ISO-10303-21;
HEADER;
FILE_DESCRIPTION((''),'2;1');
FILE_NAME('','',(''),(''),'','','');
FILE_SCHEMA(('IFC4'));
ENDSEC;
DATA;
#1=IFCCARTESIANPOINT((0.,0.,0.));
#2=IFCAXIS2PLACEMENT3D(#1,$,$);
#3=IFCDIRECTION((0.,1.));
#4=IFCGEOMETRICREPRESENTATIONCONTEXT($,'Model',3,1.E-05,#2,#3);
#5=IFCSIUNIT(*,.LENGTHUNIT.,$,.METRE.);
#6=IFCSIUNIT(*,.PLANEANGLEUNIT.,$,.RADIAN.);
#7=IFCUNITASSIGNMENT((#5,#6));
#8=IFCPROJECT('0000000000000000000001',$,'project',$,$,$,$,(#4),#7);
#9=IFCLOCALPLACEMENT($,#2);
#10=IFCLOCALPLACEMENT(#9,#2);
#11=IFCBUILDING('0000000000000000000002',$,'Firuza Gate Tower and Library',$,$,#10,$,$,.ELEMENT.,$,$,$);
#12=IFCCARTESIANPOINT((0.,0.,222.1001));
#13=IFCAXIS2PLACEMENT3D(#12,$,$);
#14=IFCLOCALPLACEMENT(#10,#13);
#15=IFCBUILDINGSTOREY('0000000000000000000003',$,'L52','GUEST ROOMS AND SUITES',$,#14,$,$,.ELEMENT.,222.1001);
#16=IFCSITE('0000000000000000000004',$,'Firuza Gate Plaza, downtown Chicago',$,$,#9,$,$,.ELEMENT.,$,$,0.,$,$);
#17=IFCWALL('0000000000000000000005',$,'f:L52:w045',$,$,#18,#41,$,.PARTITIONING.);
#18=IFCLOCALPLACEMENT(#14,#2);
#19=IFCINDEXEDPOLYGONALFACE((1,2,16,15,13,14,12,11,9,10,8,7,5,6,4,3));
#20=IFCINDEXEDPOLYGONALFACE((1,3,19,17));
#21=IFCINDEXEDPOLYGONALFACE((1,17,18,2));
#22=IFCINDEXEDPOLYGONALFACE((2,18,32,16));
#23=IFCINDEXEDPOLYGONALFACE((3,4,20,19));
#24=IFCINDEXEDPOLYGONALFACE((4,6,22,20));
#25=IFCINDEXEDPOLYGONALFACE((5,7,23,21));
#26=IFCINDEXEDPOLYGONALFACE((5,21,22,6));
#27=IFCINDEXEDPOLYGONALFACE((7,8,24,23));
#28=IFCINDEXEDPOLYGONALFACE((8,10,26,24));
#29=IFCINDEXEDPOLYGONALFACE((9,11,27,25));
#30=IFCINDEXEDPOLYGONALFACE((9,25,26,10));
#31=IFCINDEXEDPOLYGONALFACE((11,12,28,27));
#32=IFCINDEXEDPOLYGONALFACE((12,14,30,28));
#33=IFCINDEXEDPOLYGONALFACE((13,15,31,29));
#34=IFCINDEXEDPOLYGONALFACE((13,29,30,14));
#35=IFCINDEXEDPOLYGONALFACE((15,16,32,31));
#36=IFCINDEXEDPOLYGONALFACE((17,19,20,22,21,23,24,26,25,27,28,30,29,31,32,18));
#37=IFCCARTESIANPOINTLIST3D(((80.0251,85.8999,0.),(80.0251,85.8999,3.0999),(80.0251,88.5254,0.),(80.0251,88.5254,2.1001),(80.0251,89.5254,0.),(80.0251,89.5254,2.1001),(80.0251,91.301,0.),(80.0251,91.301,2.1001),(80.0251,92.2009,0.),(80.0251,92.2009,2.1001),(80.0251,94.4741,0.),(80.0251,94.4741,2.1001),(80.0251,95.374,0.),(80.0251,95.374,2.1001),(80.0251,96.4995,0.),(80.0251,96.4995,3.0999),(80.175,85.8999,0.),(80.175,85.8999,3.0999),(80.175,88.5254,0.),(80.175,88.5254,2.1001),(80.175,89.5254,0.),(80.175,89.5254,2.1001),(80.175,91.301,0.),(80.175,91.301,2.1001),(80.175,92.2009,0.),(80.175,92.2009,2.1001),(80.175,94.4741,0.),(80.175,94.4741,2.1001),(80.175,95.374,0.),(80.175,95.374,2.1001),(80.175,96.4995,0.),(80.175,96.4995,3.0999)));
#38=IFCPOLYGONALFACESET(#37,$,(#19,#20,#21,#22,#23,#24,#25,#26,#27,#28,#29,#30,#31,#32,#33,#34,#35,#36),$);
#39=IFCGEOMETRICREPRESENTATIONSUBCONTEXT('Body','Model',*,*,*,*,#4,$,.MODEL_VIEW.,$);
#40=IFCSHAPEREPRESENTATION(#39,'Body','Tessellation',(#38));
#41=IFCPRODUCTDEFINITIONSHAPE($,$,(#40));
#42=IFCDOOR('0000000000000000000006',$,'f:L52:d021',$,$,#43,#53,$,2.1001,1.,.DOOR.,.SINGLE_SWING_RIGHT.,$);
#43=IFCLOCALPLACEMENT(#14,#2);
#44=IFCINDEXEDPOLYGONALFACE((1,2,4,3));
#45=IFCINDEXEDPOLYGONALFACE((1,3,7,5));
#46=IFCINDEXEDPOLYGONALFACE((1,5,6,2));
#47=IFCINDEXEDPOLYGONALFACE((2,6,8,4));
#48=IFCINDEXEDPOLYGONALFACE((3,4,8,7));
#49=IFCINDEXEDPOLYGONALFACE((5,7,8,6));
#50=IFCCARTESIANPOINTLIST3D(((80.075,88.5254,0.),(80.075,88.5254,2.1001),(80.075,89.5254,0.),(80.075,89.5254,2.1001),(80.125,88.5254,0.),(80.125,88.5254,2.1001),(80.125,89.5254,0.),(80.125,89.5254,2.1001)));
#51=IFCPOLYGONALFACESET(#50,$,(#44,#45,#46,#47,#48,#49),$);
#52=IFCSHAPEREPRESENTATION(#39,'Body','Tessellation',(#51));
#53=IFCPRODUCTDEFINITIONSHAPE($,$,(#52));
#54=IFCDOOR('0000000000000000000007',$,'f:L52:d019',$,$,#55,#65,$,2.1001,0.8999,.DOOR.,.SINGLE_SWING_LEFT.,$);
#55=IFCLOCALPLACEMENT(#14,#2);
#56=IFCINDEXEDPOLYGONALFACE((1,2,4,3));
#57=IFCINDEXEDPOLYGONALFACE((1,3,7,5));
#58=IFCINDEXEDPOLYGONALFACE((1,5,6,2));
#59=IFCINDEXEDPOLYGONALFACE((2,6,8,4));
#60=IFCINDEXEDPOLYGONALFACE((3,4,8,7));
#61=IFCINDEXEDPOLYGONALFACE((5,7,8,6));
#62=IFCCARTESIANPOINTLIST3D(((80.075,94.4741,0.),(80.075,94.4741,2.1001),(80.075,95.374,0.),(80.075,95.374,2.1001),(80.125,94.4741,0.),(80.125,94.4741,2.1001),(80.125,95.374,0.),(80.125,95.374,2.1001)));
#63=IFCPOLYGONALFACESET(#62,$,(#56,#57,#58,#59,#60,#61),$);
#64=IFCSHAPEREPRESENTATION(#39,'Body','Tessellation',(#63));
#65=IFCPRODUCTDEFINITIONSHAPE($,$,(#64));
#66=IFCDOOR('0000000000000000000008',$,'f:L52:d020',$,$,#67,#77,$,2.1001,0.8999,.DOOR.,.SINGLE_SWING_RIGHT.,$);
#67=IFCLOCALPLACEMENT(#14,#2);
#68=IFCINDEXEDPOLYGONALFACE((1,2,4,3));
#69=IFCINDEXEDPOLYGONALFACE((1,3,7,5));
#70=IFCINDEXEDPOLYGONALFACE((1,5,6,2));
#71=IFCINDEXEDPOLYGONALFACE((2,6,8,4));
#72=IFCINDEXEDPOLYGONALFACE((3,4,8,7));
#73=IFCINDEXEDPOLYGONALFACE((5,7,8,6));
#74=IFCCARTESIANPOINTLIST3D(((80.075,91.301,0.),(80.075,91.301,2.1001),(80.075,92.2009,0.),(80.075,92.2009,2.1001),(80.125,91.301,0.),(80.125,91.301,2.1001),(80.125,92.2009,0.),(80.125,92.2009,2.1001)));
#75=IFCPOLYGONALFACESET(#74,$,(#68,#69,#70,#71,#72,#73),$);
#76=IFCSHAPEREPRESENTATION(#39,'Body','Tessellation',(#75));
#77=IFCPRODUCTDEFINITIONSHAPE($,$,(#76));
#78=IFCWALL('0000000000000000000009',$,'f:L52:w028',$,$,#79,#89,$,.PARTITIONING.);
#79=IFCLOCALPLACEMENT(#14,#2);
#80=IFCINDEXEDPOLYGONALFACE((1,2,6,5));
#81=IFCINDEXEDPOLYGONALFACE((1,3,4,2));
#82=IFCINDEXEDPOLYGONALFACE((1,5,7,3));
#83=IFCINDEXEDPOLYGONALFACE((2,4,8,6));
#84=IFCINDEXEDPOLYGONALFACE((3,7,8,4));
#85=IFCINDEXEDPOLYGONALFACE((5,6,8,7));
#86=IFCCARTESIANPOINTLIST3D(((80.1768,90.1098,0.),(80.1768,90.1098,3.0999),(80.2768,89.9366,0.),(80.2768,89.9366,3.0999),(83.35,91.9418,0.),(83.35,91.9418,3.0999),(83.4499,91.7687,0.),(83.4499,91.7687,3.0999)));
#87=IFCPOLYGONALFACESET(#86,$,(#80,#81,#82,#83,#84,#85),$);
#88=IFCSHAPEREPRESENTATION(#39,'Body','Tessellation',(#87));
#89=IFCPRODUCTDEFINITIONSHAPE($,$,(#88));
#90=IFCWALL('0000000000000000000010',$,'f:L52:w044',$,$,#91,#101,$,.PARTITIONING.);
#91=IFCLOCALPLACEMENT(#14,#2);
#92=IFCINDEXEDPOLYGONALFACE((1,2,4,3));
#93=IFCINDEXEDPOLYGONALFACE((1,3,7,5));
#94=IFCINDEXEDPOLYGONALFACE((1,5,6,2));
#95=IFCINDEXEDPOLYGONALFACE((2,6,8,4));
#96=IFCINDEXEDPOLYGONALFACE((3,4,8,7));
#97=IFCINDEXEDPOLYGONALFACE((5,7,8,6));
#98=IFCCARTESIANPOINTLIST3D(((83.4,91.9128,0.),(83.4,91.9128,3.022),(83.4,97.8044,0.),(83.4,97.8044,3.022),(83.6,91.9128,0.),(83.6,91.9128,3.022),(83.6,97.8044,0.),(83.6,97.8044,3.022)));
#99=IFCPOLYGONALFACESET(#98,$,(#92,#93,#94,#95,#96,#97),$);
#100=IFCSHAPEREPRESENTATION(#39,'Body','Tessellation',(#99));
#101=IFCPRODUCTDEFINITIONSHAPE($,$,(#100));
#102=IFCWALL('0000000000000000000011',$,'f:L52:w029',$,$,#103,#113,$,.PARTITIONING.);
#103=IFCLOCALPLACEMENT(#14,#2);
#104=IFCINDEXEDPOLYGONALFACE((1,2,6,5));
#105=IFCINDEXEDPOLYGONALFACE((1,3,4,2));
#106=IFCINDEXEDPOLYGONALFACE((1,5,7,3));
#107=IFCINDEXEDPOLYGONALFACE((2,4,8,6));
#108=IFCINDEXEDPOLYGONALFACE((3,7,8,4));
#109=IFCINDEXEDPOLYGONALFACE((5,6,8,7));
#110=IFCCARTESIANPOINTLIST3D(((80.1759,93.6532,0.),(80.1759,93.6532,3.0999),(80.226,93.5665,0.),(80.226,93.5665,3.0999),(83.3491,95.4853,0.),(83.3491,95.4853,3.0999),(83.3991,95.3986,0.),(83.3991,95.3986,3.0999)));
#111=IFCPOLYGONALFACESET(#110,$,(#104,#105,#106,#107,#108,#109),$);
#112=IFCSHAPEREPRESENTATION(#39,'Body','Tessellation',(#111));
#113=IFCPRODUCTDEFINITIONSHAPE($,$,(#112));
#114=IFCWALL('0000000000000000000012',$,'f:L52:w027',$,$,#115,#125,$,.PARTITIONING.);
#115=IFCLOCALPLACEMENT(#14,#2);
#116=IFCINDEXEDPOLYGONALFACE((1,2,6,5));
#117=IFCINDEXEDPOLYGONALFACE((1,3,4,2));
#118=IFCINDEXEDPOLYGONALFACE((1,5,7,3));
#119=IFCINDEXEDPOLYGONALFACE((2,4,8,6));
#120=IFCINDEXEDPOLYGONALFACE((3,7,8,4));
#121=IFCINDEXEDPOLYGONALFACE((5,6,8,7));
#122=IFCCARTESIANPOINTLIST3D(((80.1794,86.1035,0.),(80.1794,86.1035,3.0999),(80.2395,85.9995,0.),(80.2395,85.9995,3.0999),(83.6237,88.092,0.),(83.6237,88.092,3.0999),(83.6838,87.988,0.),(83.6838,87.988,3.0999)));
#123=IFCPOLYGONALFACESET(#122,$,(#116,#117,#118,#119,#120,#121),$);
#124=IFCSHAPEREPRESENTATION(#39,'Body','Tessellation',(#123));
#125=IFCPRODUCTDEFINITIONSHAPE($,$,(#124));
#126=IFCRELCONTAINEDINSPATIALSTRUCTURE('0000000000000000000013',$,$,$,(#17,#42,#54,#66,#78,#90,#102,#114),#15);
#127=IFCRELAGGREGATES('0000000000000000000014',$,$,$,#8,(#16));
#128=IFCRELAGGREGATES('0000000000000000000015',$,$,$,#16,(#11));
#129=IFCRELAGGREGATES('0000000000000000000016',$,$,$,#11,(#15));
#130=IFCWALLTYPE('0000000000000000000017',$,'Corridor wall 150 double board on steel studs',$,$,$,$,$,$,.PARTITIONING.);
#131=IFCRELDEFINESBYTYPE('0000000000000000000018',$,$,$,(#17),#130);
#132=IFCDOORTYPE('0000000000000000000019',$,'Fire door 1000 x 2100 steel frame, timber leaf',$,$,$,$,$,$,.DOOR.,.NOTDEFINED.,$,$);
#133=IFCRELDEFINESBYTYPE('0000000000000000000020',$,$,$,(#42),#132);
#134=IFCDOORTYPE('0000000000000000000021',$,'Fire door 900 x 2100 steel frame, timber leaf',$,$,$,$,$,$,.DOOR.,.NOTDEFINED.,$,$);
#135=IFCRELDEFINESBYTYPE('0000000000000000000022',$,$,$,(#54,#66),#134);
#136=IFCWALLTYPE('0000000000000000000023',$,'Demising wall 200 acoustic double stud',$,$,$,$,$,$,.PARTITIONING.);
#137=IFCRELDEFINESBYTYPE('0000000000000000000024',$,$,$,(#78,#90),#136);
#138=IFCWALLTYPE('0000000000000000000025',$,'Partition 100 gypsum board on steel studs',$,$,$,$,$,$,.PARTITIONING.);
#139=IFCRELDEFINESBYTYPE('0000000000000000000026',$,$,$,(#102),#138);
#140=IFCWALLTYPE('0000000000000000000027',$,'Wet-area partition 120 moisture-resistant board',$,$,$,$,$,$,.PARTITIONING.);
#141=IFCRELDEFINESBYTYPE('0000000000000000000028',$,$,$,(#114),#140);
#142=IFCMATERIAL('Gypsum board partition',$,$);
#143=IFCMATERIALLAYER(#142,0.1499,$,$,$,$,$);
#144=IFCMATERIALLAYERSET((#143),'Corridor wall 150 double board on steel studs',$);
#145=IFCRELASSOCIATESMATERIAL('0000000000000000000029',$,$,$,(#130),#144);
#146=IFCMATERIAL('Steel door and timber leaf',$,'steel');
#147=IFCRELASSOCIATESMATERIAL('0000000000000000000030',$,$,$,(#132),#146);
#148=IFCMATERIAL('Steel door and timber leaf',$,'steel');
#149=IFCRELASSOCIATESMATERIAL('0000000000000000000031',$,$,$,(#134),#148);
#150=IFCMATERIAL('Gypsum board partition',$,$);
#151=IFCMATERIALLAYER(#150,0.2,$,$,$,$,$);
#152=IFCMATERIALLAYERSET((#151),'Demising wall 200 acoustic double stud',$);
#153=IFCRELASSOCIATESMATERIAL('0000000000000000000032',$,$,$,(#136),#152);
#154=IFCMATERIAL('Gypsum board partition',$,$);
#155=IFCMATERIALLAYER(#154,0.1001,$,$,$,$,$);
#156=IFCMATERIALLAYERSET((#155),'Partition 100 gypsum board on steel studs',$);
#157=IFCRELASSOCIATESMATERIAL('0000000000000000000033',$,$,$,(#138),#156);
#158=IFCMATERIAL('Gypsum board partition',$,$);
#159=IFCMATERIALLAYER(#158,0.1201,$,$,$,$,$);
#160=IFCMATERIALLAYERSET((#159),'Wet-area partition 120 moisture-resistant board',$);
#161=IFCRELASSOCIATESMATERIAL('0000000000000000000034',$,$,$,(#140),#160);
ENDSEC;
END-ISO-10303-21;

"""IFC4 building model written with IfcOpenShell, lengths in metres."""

from ifc_helpers import new_model, si_unit, direction, frame, frame_2d, origin, place, context, subcontext, project, spatial, rectangle, extrude, material, layer, layer_set, type_object, element, fill, save


model = new_model("IFC4")

# Units and contexts
model_context = context("Model", 3, precision=1e-05, world=origin(), true_north=direction((0.0, 1.0)))
body_context = subcontext(model_context, "Body", "Model", "MODEL_VIEW")
ifc_project = project(units=[si_unit("LENGTHUNIT", "METRE"), si_unit("PLANEANGLEUNIT", "RADIAN")], contexts=[model_context])

# Site, building, storey
site_placement = place(None, origin())
site = spatial("IfcSite", under=ifc_project, at=site_placement, Name="Firuza Gate Plaza, downtown Chicago", CompositionType="ELEMENT", RefElevation=0.0)
building_placement = place(site_placement, origin())
building = spatial("IfcBuilding", under=site, at=building_placement, Name="Firuza Gate Tower and Library", CompositionType="ELEMENT")
storey_placement = place(building_placement, frame((0.0, 0.0, 222.1001)))
storey = spatial("IfcBuildingStorey", under=building, at=storey_placement, Name="L52", Description="GUEST ROOMS AND SUITES", CompositionType="ELEMENT", Elevation=222.1001)

# Wall, openings, doors
ifc_material_1 = material(Name="Gypsum board partition")
ifc_layer_1 = layer(ifc_material_1, 0.1499)
ifc_layer_set_1 = layer_set([ifc_layer_1], Name="Corridor wall 150 double board on steel studs")
wall_type_1 = type_object("IfcWallType", Name="Corridor wall 150 double board on steel studs", PredefinedType="PARTITIONING", material=ifc_layer_set_1)
wall_1_placement = place(storey_placement, frame((80.1001, 96.4995, 0.0), z_axis=(0.0, 0.0, 1.0), x_axis=(0.0, -1.0, 0.0)))
wall_1 = element("IfcWall", 1, at=wall_1_placement, inside=storey, type_object=wall_type_1, Name="f:L52:w045", PredefinedType="PARTITIONING", context=body_context, shape_type="SweptSolid", body=[
    extrude(rectangle(XDim=10.5996, YDim=0.1499, at=frame_2d((5.2998, 0.0))), origin(), (0.0, 0.0, 1.0), 3.0999),
])
opening_1_placement = place(wall_1_placement, frame((1.1255, 0.0, 0.0)))
opening_1 = element("IfcOpeningElement", 2, at=opening_1_placement, cuts=wall_1, PredefinedType="OPENING", context=body_context, shape_type="SweptSolid", body=[
    extrude(rectangle(XDim=0.8999, YDim=2.1001, at=frame_2d((0.45, 1.05))), frame((0.0, 0.085, 0.0), z_axis=(0.0, -1.0, 0.0), x_axis=(1.0, 0.0, 0.0)), (0.0, 0.0, 1.0), 0.1699),
])
opening_2_placement = place(wall_1_placement, frame((4.2986, 0.0, 0.0)))
opening_2 = element("IfcOpeningElement", 3, at=opening_2_placement, cuts=wall_1, PredefinedType="OPENING", context=body_context, shape_type="SweptSolid", body=[
    extrude(rectangle(XDim=0.8999, YDim=2.1001, at=frame_2d((0.45, 1.05))), frame((0.0, 0.085, 0.0), z_axis=(0.0, -1.0, 0.0), x_axis=(1.0, 0.0, 0.0)), (0.0, 0.0, 1.0), 0.1699),
])
opening_3_placement = place(wall_1_placement, frame((6.9741, 0.0, 0.0)))
opening_3 = element("IfcOpeningElement", 4, at=opening_3_placement, cuts=wall_1, PredefinedType="OPENING", context=body_context, shape_type="SweptSolid", body=[
    extrude(rectangle(XDim=1.0, YDim=2.1001, at=frame_2d((0.5, 1.05))), frame((0.0, 0.085, 0.0), z_axis=(0.0, -1.0, 0.0), x_axis=(1.0, 0.0, 0.0)), (0.0, 0.0, 1.0), 0.1699),
])
ifc_material_2 = material(Name="Steel door and timber leaf", Category="steel")
door_type_1 = type_object("IfcDoorType", Name="Fire door 1000 x 2100 steel frame, timber leaf", OperationType="NOTDEFINED", PredefinedType="DOOR", material=ifc_material_2)
door_1_placement = place(opening_3_placement, origin())
door_1 = element("IfcDoor", 5, at=door_1_placement, inside=storey, type_object=door_type_1, Name="f:L52:d021", OperationType="SINGLE_SWING_RIGHT", OverallHeight=2.1001, OverallWidth=1.0, PredefinedType="DOOR", context=body_context, shape_type="SweptSolid", body=[
    extrude(rectangle(XDim=1.0, YDim=2.1001, at=frame_2d((0.5, 1.05))), frame((0.0, 0.0249, 0.0), z_axis=(0.0, -1.0, 0.0), x_axis=(1.0, 0.0, 0.0)), (0.0, 0.0, 1.0), 0.05),
])
fill(opening_3, door_1)
ifc_material_3 = material(Name="Steel door and timber leaf", Category="steel")
door_type_2 = type_object("IfcDoorType", Name="Fire door 900 x 2100 steel frame, timber leaf", OperationType="NOTDEFINED", PredefinedType="DOOR", material=ifc_material_3)
door_2_placement = place(opening_1_placement, origin())
door_2 = element("IfcDoor", 6, at=door_2_placement, inside=storey, type_object=door_type_2, Name="f:L52:d019", OperationType="SINGLE_SWING_LEFT", OverallHeight=2.1001, OverallWidth=0.8999, PredefinedType="DOOR", context=body_context, shape_type="SweptSolid", body=[
    extrude(rectangle(XDim=0.8999, YDim=2.1001, at=frame_2d((0.45, 1.05))), frame((0.0, 0.0249, 0.0), z_axis=(0.0, -1.0, 0.0), x_axis=(1.0, 0.0, 0.0)), (0.0, 0.0, 1.0), 0.05),
])
fill(opening_1, door_2)
door_3_placement = place(opening_2_placement, origin())
door_3 = element("IfcDoor", 7, at=door_3_placement, inside=storey, type_object=door_type_2, Name="f:L52:d020", OperationType="SINGLE_SWING_RIGHT", OverallHeight=2.1001, OverallWidth=0.8999, PredefinedType="DOOR", context=body_context, shape_type="SweptSolid", body=[
    extrude(rectangle(XDim=0.8999, YDim=2.1001, at=frame_2d((0.45, 1.05))), frame((0.0, 0.0249, 0.0), z_axis=(0.0, -1.0, 0.0), x_axis=(1.0, 0.0, 0.0)), (0.0, 0.0, 1.0), 0.05),
])
fill(opening_2, door_3)

# Walls
ifc_material_4 = material(Name="Gypsum board partition")
ifc_layer_2 = layer(ifc_material_4, 0.2)
ifc_layer_set_2 = layer_set([ifc_layer_2], Name="Demising wall 200 acoustic double stud")
wall_type_2 = type_object("IfcWallType", Name="Demising wall 200 acoustic double stud", PredefinedType="PARTITIONING", material=ifc_layer_set_2)
wall_2_placement = place(storey_placement, frame((80.2268, 90.0232, 0.0), z_axis=(0.0, 0.0, 1.0), x_axis=(0.86602, 0.500009, 0.0)))
element("IfcWall", 8, at=wall_2_placement, inside=storey, type_object=wall_type_2, Name="f:L52:w028", PredefinedType="PARTITIONING", context=body_context, shape_type="SweptSolid", body=[
    extrude(rectangle(XDim=3.6641, YDim=0.2, at=frame_2d((1.832, 0.0))), origin(), (0.0, 0.0, 1.0), 3.0999),
])
wall_3_placement = place(storey_placement, frame((83.5, 91.9128, 0.0), z_axis=(0.0, 0.0, 1.0), x_axis=(0.0, 1.0, 0.0)))
element("IfcWall", 9, at=wall_3_placement, inside=storey, type_object=wall_type_2, Name="f:L52:w044", PredefinedType="PARTITIONING", context=body_context, shape_type="SweptSolid", body=[
    extrude(rectangle(XDim=5.8916, YDim=0.2, at=frame_2d((2.9458, 0.0))), origin(), (0.0, 0.0, 1.0), 3.022),
])
ifc_material_5 = material(Name="Gypsum board partition")
ifc_layer_3 = layer(ifc_material_5, 0.1001)
ifc_layer_set_3 = layer_set([ifc_layer_3], Name="Partition 100 gypsum board on steel studs")
wall_type_3 = type_object("IfcWallType", Name="Partition 100 gypsum board on steel studs", PredefinedType="PARTITIONING", material=ifc_layer_set_3)
wall_4_placement = place(storey_placement, frame((80.2009, 93.6099, 0.0), z_axis=(0.0, 0.0, 1.0), x_axis=(0.86602, 0.500009, 0.0)))
element("IfcWall", 10, at=wall_4_placement, inside=storey, type_object=wall_type_3, Name="f:L52:w029", PredefinedType="PARTITIONING", context=body_context, shape_type="SweptSolid", body=[
    extrude(rectangle(XDim=3.6641, YDim=0.1001, at=frame_2d((1.832, 0.0))), origin(), (0.0, 0.0, 1.0), 3.0999),
])
ifc_material_6 = material(Name="Gypsum board partition")
ifc_layer_4 = layer(ifc_material_6, 0.1201)
ifc_layer_set_4 = layer_set([ifc_layer_4], Name="Wet-area partition 120 moisture-resistant board")
wall_type_4 = type_object("IfcWallType", Name="Wet-area partition 120 moisture-resistant board", PredefinedType="PARTITIONING", material=ifc_layer_set_4)
wall_5_placement = place(storey_placement, frame((80.2095, 86.0515, 0.0), z_axis=(0.0, 0.0, 1.0), x_axis=(0.866032, 0.499988, 0.0)))
element("IfcWall", 11, at=wall_5_placement, inside=storey, type_object=wall_type_4, Name="f:L52:w027", PredefinedType="PARTITIONING", context=body_context, shape_type="SweptSolid", body=[
    extrude(rectangle(XDim=3.9771, YDim=0.1201, at=frame_2d((1.9885, 0.0))), origin(), (0.0, 0.0, 1.0), 3.0999),
])

save(model, "model.ifc")
